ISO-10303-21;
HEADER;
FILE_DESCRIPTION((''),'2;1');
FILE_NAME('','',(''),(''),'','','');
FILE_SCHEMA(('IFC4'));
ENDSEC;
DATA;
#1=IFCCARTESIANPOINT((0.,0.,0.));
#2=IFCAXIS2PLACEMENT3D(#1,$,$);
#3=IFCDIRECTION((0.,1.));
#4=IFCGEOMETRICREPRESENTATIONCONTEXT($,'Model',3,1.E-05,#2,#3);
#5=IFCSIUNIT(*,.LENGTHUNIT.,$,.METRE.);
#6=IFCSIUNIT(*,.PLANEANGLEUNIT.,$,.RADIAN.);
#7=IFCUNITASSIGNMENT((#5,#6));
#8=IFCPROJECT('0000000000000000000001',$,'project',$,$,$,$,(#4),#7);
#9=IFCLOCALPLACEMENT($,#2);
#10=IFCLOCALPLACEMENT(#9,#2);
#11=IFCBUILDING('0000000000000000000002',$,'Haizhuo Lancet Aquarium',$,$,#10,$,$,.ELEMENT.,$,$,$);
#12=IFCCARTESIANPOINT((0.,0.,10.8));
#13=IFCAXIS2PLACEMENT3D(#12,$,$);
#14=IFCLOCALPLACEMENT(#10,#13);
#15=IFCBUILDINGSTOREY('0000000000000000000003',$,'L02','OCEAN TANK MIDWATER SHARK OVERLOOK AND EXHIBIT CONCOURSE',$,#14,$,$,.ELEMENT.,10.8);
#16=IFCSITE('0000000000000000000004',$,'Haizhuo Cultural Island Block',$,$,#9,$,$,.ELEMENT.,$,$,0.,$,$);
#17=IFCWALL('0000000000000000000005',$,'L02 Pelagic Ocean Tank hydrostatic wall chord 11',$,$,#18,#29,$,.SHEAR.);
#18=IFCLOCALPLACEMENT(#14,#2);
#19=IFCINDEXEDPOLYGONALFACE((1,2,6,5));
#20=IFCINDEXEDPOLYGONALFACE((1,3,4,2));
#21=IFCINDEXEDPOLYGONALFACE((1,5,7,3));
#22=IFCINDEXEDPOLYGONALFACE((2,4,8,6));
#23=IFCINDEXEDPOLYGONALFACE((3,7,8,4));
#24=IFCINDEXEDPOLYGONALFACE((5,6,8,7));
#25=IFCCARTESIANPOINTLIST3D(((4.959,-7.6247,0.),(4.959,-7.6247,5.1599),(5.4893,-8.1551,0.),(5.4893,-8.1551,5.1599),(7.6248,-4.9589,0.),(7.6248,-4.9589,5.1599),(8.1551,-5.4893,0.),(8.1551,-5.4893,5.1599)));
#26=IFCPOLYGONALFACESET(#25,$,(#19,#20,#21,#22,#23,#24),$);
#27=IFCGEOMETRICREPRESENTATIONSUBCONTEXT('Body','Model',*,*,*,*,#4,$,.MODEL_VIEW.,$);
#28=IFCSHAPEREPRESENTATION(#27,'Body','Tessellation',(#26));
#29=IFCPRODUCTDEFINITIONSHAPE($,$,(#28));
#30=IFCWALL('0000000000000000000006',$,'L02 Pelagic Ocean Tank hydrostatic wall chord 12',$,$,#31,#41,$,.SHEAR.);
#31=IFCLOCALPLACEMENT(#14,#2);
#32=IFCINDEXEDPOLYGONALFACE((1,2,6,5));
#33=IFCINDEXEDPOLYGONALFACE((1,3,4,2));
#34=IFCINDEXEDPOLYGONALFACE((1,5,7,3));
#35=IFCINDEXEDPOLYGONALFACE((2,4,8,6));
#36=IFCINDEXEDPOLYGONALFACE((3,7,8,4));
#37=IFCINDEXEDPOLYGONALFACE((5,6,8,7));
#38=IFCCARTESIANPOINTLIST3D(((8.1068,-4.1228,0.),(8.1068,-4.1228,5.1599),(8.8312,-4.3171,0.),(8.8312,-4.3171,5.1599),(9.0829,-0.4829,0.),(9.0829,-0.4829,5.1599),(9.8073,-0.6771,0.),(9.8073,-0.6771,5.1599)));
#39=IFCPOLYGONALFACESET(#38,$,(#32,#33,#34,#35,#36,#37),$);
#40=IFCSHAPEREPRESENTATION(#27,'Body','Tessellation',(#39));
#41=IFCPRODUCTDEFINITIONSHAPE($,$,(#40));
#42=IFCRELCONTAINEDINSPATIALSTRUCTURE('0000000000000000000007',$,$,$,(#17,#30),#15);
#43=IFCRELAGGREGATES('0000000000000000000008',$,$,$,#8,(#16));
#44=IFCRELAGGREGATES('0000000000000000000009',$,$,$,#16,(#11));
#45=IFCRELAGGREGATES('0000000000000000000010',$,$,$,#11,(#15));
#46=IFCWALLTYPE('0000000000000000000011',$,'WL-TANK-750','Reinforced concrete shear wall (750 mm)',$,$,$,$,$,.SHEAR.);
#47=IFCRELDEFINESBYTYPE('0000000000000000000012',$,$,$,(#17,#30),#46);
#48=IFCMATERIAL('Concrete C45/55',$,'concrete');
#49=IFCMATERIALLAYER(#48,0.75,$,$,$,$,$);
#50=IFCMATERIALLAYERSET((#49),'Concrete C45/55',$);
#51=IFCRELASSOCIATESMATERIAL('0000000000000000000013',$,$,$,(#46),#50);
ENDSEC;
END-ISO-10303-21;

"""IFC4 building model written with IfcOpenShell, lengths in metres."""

from ifc_helpers import new_model, si_unit, direction, frame, frame_2d, origin, place, context, subcontext, project, spatial, rectangle, extrude, material, layer, layer_set, type_object, element, save


model = new_model("IFC4")

# Units and contexts
model_context = context("Model", 3, precision=1e-05, world=origin(), true_north=direction((0.0, 1.0)))
body_context = subcontext(model_context, "Body", "Model", "MODEL_VIEW")
ifc_project = project(units=[si_unit("LENGTHUNIT", "METRE"), si_unit("PLANEANGLEUNIT", "RADIAN")], contexts=[model_context])

# Site, building, storey
site_placement = place(None, origin())
site = spatial("IfcSite", under=ifc_project, at=site_placement, Name="Haizhuo Cultural Island Block", CompositionType="ELEMENT", RefElevation=0.0)
building_placement = place(site_placement, origin())
building = spatial("IfcBuilding", under=site, at=building_placement, Name="Haizhuo Lancet Aquarium", CompositionType="ELEMENT")
storey_placement = place(building_placement, frame((0.0, 0.0, 10.8)))
storey = spatial("IfcBuildingStorey", under=building, at=storey_placement, Name="L02", Description="OCEAN TANK MIDWATER SHARK OVERLOOK AND EXHIBIT CONCOURSE", CompositionType="ELEMENT", Elevation=10.8)

# Walls
ifc_material_1 = material(Name="Concrete C45/55", Category="concrete")
ifc_layer_1 = layer(ifc_material_1, 0.75)
ifc_layer_set_1 = layer_set([ifc_layer_1], Name="Concrete C45/55")
wall_type_1 = type_object("IfcWallType", Name="WL-TANK-750", Description="Reinforced concrete shear wall (750 mm)", PredefinedType="SHEAR", material=ifc_layer_set_1)
wall_1_placement = place(storey_placement, frame((5.2241, -7.8899, 0.0), z_axis=(0.0, 0.0, 1.0), x_axis=(0.707107, 0.707107, 0.0)))
element("IfcWall", 1, at=wall_1_placement, inside=storey, type_object=wall_type_1, Name="L02 Pelagic Ocean Tank hydrostatic wall chord 11", PredefinedType="SHEAR", context=body_context, shape_type="SweptSolid", body=[
    extrude(rectangle(XDim=3.77, YDim=0.75, at=frame_2d((1.885, 0.0))), origin(), (0.0, 0.0, 1.0), 5.1599),
])
wall_2_placement = place(storey_placement, frame((8.469, -4.22, 0.0), z_axis=(0.0, 0.0, 1.0), x_axis=(0.259009, 0.965875, 0.0)))
element("IfcWall", 2, at=wall_2_placement, inside=storey, type_object=wall_type_1, Name="L02 Pelagic Ocean Tank hydrostatic wall chord 12", PredefinedType="SHEAR", context=body_context, shape_type="SweptSolid", body=[
    extrude(rectangle(XDim=3.7686, YDim=0.75, at=frame_2d((1.8843, 0.0))), origin(), (0.0, 0.0, 1.0), 5.1599),
])

save(model, "model.ifc")
